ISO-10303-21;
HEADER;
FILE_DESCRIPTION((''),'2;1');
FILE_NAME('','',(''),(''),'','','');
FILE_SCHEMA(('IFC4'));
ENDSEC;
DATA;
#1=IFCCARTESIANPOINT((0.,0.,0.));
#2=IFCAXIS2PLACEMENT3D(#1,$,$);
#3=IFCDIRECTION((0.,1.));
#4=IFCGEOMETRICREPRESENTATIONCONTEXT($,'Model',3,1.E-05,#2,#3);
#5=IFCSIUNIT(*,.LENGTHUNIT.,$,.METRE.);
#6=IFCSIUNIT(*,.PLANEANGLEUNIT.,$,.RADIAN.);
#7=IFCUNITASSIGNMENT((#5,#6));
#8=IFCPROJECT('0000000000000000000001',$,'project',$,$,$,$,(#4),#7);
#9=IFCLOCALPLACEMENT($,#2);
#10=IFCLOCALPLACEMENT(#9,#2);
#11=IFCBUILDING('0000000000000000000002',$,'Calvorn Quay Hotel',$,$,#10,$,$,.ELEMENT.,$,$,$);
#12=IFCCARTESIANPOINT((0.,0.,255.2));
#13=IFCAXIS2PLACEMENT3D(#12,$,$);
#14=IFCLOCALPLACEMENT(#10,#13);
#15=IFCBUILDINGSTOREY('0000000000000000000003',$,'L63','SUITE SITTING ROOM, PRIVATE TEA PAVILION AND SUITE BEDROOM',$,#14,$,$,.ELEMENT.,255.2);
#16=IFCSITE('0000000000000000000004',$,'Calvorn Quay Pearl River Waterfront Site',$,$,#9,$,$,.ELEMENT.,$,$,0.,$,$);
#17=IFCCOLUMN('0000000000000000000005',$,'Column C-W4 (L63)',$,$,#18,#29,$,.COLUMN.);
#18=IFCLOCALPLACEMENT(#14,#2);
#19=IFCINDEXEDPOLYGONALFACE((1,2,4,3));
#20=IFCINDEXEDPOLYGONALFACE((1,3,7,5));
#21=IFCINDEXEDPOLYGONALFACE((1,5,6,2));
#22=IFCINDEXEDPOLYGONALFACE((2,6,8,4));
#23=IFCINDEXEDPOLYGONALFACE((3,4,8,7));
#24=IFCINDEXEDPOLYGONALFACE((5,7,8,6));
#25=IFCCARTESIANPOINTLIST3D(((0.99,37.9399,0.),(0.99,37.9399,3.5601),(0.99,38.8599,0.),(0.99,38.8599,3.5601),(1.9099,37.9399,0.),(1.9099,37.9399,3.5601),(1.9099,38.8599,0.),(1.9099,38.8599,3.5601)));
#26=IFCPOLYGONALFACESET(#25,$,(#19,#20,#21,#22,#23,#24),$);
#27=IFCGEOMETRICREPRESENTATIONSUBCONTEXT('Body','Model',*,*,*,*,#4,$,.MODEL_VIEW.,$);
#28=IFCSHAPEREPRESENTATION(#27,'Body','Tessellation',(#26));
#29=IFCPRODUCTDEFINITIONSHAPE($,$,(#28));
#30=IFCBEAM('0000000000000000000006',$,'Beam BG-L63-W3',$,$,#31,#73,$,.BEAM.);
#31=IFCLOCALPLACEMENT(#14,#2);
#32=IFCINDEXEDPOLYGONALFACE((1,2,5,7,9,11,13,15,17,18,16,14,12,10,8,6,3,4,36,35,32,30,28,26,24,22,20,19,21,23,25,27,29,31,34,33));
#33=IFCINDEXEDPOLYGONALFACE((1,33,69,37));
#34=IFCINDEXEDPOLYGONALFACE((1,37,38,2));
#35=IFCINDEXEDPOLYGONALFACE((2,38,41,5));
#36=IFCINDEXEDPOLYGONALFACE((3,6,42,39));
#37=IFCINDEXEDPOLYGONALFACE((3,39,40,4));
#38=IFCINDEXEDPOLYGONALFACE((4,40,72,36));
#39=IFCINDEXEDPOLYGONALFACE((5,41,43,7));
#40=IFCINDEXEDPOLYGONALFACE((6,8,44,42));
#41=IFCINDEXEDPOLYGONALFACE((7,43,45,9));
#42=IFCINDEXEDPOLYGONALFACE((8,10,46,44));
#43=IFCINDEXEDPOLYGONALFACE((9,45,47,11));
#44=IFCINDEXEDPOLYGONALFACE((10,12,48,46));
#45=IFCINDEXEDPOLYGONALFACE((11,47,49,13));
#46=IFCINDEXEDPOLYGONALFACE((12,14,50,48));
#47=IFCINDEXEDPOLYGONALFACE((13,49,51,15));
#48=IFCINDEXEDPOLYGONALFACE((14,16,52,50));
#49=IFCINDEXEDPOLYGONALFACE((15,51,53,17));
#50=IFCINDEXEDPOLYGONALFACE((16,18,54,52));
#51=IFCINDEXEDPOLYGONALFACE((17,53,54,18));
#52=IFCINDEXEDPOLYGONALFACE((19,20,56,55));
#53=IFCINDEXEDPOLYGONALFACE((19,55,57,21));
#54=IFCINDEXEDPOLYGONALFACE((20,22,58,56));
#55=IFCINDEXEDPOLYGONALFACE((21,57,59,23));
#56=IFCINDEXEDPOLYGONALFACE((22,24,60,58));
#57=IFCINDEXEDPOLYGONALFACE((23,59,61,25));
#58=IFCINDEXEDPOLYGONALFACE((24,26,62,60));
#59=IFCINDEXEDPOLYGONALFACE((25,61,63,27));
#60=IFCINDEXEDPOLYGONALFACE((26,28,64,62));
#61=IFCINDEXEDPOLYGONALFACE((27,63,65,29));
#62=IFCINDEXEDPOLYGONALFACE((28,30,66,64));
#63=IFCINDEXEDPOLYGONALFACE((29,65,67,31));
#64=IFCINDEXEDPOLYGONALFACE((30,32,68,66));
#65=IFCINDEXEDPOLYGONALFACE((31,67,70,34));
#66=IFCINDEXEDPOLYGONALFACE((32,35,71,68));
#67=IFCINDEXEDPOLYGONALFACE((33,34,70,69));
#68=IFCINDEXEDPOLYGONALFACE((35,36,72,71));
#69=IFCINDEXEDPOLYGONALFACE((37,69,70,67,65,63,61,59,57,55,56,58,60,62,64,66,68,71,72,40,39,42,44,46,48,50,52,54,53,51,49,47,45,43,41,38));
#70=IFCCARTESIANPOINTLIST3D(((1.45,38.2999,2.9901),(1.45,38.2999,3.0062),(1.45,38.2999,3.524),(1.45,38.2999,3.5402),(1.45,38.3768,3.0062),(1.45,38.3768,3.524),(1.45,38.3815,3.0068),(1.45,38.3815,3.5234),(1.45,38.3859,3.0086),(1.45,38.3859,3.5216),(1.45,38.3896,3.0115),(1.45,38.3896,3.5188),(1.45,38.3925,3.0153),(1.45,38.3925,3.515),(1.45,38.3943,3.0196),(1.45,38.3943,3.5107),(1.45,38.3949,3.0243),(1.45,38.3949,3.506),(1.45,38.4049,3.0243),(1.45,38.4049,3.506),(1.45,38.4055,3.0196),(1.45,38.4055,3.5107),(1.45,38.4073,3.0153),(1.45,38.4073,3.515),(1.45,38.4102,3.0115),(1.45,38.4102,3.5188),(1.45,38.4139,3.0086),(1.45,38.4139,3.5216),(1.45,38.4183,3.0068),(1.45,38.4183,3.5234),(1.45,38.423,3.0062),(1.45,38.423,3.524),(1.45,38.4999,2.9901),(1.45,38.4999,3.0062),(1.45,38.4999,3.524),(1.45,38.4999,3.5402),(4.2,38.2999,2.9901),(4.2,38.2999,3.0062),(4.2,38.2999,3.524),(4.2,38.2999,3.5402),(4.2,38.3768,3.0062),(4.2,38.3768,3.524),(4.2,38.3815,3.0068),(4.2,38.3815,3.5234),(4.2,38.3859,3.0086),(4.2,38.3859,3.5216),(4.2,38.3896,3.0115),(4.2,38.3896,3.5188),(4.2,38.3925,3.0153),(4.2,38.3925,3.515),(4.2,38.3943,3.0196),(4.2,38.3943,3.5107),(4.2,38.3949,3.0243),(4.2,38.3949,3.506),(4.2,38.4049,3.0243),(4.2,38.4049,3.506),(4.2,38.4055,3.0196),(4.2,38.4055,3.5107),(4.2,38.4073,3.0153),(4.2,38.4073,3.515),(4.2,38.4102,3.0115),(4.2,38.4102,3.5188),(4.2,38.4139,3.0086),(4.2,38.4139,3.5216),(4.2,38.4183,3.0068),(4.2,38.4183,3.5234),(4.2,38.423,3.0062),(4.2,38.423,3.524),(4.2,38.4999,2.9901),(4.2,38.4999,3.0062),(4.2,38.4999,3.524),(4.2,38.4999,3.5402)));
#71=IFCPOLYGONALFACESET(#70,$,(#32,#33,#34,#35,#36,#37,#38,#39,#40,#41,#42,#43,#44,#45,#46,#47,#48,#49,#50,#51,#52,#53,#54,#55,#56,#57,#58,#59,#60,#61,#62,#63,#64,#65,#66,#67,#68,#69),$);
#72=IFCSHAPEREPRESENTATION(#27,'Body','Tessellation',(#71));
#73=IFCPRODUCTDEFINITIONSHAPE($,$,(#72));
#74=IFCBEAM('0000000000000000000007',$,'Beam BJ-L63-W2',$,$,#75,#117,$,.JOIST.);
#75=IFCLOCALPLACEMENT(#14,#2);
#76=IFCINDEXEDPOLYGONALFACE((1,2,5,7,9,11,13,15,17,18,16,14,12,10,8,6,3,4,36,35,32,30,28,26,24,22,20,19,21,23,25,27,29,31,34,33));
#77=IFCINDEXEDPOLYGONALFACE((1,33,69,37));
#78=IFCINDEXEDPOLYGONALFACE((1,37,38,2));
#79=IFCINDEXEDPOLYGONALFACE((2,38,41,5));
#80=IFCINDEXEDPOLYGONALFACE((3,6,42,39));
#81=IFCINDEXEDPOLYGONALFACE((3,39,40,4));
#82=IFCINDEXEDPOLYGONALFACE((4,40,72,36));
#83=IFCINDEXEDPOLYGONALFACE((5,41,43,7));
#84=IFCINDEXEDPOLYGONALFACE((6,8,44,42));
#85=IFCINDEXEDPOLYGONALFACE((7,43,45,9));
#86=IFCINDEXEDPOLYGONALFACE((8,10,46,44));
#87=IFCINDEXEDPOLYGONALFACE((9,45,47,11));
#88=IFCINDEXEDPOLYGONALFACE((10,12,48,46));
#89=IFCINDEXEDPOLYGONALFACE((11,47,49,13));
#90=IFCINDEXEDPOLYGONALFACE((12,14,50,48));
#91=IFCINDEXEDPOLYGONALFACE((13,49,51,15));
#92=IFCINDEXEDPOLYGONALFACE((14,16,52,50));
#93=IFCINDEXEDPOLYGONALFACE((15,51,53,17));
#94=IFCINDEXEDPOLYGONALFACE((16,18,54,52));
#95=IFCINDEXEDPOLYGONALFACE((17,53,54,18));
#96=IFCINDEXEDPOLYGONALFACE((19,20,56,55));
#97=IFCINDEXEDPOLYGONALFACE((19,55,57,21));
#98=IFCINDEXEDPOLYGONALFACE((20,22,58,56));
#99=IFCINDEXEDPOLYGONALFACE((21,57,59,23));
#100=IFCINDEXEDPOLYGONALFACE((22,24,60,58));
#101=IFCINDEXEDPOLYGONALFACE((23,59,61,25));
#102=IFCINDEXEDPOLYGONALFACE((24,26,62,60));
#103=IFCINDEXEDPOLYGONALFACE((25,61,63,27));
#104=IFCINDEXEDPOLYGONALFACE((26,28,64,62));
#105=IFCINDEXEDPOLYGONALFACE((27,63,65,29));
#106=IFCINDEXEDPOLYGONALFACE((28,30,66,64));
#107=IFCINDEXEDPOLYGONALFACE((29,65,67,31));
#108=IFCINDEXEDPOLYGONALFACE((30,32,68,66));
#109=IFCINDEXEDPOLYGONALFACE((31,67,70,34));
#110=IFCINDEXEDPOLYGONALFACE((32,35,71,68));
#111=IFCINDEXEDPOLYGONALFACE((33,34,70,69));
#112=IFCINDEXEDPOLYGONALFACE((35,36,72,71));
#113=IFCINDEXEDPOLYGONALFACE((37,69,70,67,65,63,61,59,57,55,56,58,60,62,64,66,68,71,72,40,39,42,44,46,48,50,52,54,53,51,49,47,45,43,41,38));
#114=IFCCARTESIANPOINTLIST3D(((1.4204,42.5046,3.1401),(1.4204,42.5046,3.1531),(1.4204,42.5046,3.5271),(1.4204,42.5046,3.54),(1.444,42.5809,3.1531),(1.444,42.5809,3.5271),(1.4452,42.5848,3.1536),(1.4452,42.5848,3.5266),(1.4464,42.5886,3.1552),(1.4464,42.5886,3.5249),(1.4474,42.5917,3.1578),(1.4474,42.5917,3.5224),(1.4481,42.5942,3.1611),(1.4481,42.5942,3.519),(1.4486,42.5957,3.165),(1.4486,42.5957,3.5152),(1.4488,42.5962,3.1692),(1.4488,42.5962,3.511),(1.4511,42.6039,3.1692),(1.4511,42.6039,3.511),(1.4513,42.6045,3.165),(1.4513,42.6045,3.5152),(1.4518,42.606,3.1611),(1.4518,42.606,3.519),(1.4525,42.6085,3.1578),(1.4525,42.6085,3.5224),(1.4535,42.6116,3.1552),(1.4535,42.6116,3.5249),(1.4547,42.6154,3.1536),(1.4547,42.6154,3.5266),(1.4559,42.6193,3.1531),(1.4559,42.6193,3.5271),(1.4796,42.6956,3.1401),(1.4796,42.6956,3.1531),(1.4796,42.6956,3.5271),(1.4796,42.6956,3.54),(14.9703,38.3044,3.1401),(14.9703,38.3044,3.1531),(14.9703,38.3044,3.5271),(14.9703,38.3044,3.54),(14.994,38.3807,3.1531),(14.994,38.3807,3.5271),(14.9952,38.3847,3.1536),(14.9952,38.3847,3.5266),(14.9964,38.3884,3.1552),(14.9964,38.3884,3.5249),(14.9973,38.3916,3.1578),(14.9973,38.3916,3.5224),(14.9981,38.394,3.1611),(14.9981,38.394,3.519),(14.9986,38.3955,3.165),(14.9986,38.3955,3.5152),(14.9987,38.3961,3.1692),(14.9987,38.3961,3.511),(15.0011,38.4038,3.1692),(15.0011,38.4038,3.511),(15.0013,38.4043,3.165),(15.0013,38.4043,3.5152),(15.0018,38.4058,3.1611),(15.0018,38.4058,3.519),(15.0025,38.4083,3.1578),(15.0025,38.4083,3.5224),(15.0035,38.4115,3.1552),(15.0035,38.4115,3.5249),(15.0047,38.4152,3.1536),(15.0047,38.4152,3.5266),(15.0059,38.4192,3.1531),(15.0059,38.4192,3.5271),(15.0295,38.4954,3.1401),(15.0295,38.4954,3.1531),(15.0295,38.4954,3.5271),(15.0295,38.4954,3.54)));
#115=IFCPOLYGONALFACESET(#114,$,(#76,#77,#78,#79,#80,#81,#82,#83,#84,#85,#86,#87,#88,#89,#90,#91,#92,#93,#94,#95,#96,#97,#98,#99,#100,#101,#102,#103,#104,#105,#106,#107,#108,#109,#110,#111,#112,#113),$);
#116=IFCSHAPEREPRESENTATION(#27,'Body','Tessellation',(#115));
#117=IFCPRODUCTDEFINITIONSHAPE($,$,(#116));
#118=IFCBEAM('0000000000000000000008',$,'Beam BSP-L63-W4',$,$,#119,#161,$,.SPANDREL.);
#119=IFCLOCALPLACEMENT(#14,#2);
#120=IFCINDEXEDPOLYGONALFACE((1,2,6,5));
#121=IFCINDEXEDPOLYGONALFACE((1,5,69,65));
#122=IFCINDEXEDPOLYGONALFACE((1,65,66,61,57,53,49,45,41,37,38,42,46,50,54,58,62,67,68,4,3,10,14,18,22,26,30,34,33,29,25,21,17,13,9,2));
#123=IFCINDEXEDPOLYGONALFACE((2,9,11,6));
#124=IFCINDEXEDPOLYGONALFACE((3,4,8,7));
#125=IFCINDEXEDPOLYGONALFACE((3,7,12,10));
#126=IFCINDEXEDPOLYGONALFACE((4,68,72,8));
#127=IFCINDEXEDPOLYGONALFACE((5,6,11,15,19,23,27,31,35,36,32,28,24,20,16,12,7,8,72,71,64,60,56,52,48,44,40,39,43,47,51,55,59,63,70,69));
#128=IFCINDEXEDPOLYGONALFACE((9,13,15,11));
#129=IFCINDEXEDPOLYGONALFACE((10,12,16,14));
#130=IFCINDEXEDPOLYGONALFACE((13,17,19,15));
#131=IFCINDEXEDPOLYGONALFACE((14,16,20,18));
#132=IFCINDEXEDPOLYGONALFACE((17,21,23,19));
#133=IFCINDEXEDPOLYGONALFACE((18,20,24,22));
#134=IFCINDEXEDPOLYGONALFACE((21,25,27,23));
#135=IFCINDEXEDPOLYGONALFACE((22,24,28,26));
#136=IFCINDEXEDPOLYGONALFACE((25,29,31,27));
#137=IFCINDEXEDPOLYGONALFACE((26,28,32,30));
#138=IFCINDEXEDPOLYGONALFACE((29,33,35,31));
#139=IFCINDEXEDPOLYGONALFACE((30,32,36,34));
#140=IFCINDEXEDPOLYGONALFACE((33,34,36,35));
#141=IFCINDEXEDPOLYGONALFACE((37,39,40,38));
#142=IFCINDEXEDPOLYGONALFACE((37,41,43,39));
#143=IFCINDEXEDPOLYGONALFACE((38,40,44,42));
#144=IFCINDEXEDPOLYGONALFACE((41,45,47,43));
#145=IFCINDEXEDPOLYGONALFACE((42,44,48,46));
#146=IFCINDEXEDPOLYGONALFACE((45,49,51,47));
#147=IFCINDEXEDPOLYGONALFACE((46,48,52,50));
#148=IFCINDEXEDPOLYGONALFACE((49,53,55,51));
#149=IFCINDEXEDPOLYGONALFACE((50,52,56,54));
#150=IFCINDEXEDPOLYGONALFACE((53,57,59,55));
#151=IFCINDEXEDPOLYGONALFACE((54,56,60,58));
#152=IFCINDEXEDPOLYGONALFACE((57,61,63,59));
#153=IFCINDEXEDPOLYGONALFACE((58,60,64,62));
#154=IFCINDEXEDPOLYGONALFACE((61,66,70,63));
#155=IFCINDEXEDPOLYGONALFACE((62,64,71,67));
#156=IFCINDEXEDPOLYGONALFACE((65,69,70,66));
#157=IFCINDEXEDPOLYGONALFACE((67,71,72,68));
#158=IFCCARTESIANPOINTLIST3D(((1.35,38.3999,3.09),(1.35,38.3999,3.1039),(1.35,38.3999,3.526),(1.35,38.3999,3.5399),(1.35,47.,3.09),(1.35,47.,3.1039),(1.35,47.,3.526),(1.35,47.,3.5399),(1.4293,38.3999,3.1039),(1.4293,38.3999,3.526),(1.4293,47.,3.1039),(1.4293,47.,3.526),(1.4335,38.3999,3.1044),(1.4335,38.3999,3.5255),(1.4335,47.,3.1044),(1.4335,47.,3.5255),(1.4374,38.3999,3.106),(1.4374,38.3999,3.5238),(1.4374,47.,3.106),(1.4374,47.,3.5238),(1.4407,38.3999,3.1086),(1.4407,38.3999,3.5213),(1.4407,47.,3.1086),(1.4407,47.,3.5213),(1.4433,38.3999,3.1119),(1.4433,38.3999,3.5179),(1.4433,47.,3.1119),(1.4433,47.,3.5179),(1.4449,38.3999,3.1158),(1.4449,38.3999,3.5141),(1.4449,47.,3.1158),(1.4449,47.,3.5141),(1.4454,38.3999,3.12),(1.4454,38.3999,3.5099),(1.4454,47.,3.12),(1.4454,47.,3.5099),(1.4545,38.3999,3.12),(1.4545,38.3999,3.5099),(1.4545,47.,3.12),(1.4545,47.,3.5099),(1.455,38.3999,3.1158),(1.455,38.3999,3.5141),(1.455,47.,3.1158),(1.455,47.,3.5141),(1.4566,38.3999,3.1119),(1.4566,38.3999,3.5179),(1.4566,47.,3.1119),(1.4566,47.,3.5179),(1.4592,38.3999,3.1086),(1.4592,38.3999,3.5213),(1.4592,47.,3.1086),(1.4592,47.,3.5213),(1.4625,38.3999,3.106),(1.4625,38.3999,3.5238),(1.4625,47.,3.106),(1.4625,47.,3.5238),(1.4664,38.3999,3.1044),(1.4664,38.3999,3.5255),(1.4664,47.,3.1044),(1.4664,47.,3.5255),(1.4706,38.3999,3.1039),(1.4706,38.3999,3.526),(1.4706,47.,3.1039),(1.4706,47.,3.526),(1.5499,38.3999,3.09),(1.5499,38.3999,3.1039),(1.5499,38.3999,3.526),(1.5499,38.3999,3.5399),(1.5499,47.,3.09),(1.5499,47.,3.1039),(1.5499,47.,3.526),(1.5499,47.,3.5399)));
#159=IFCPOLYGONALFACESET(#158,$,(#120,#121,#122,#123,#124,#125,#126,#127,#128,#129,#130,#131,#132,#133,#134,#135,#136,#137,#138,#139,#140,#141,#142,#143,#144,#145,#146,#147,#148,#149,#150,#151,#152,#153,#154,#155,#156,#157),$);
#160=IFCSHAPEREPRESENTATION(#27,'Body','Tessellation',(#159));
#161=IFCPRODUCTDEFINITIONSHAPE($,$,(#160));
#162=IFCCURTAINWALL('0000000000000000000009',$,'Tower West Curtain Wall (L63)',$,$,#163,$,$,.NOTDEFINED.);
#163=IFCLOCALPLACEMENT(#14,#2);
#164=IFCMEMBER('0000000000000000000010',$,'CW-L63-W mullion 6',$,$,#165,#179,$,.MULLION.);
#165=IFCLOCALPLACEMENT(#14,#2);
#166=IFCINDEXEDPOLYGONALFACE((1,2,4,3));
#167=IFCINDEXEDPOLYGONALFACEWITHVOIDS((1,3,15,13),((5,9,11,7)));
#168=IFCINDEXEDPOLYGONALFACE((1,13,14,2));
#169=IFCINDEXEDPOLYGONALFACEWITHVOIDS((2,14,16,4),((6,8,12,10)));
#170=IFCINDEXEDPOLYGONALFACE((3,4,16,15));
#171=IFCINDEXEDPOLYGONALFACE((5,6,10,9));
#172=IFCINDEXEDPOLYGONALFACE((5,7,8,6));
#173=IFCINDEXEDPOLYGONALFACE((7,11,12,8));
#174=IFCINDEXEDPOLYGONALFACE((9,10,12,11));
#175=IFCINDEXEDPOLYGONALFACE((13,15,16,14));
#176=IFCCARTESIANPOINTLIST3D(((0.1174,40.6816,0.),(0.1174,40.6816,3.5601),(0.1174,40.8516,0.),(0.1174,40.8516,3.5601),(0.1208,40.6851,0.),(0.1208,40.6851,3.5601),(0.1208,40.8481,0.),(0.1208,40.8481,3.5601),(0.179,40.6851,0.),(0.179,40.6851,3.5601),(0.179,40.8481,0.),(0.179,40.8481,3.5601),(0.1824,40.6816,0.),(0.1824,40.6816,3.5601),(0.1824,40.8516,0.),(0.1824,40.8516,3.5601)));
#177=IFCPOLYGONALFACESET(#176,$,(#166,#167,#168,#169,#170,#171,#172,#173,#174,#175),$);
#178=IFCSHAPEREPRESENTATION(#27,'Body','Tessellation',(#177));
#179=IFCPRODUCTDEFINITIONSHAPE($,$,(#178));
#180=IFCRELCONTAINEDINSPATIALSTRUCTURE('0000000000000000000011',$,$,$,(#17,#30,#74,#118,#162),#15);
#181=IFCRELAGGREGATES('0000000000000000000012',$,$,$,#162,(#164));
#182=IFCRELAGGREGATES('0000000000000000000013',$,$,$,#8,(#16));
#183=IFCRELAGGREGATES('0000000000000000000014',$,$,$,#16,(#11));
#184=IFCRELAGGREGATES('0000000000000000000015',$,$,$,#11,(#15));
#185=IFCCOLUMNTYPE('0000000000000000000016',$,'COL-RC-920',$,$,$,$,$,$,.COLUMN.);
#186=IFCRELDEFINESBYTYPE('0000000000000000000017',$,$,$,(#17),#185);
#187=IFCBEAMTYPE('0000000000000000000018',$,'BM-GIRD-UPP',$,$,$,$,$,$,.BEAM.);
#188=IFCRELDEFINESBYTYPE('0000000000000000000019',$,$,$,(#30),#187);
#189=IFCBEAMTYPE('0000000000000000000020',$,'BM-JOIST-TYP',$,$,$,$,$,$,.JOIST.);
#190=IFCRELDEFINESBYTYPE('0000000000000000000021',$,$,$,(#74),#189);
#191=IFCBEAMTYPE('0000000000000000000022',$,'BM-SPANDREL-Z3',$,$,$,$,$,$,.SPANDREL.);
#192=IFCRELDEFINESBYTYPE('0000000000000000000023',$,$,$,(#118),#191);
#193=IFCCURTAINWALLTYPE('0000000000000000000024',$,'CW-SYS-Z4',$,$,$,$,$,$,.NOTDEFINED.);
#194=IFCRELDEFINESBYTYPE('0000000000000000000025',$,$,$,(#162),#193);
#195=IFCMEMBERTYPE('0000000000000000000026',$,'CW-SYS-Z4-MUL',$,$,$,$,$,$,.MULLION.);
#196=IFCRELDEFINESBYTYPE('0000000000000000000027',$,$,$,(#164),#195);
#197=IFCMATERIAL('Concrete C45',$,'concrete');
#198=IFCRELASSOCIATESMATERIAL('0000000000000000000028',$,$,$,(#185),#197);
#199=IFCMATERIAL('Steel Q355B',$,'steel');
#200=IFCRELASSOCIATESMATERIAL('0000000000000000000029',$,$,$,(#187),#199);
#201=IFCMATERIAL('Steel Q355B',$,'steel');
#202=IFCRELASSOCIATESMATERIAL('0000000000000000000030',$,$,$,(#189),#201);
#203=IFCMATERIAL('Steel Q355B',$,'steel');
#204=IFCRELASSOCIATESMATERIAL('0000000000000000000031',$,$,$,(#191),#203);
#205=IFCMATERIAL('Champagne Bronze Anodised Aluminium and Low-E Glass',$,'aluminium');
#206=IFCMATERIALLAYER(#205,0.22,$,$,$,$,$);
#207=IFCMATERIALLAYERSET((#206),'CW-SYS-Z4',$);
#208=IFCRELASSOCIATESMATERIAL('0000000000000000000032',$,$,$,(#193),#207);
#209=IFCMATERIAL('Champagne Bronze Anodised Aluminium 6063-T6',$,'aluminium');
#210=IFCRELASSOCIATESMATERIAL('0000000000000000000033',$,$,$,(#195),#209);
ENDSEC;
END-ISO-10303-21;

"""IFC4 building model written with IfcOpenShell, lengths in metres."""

from ifc_helpers import new_model, si_unit, direction, frame, origin, origin_2d, place, context, subcontext, project, spatial, rectangle, hollow_rectangle, i_section, extrude, material, layer, layer_set, material_profile, profile_set, type_object, element, aggregate, save


model = new_model("IFC4")

# Units and contexts
model_context = context("Model", 3, precision=1e-05, world=origin(), true_north=direction((0.0, 1.0)))
body_context = subcontext(model_context, "Body", "Model", "MODEL_VIEW")
ifc_project = project(units=[si_unit("LENGTHUNIT", "METRE"), si_unit("PLANEANGLEUNIT", "RADIAN")], contexts=[model_context])

# Site, building, storey
site_placement = place(None, origin())
site = spatial("IfcSite", under=ifc_project, at=site_placement, Name="Calvorn Quay Pearl River Waterfront Site", CompositionType="ELEMENT", RefElevation=0.0)
building_placement = place(site_placement, origin())
building = spatial("IfcBuilding", under=site, at=building_placement, Name="Calvorn Quay Hotel", CompositionType="ELEMENT")
storey_placement = place(building_placement, frame((0.0, 0.0, 255.2)))
storey = spatial("IfcBuildingStorey", under=building, at=storey_placement, Name="L63", Description="SUITE SITTING ROOM, PRIVATE TEA PAVILION AND SUITE BEDROOM", CompositionType="ELEMENT", Elevation=255.2)

# Column
ifc_material_1 = material(Name="Concrete C45", Category="concrete")
ifc_material_profile_1 = material_profile(ifc_material_1, rectangle(XDim=0.9199, YDim=0.9199, at=origin_2d()), Name="RC920x920")
ifc_profile_set_1 = profile_set([ifc_material_profile_1], Name="Concrete C45")
column_type = type_object("IfcColumnType", Name="COL-RC-920", PredefinedType="COLUMN", material=ifc_profile_set_1)
column_placement = place(storey_placement, frame((1.45, 38.3999, 0.0), z_axis=(0.0, 0.0, 1.0), x_axis=(1.0, 0.0, 0.0)))
element("IfcColumn", 1, at=column_placement, inside=storey, type_object=column_type, Name="Column C-W4 (L63)", PredefinedType="COLUMN", context=body_context, shape_type="SweptSolid", body=[
    extrude(rectangle(XDim=0.9199, YDim=0.9199, at=origin_2d()), origin(), (0.0, 0.0, 1.0), 3.5601),
])

# Beams
ifc_material_2 = material(Name="Steel Q355B", Category="steel")
ifc_material_profile_2 = material_profile(ifc_material_2, i_section(OverallWidth=0.2, OverallDepth=0.55, WebThickness=0.01, FlangeThickness=0.0161, FilletRadius=0.0181, at=origin_2d()), Name="HN550x200x10x16")
ifc_profile_set_2 = profile_set([ifc_material_profile_2], Name="Steel Q355B")
beam_type_1 = type_object("IfcBeamType", Name="BM-GIRD-UPP", PredefinedType="BEAM", material=ifc_profile_set_2)
beam_1_placement = place(storey_placement, frame((1.45, 38.3999, 3.2651), z_axis=(1.0, 0.0, 0.0), x_axis=(0.0, 1.0, 0.0)))
element("IfcBeam", 2, at=beam_1_placement, inside=storey, type_object=beam_type_1, Name="Beam BG-L63-W3", PredefinedType="BEAM", context=body_context, shape_type="SweptSolid", body=[
    extrude(i_section(OverallWidth=0.2, OverallDepth=0.55, WebThickness=0.01, FlangeThickness=0.0161, FilletRadius=0.0181, at=origin_2d()), origin(), (0.0, 0.0, 1.0), 2.75),
])
ifc_material_3 = material(Name="Steel Q355B", Category="steel")
ifc_material_profile_3 = material_profile(ifc_material_3, i_section(OverallWidth=0.2, OverallDepth=0.3999, WebThickness=0.0081, FlangeThickness=0.0129, FilletRadius=0.0161, at=origin_2d()), Name="HN400x200x8x13")
ifc_profile_set_3 = profile_set([ifc_material_profile_3], Name="Steel Q355B")
beam_type_2 = type_object("IfcBeamType", Name="BM-JOIST-TYP", PredefinedType="JOIST", material=ifc_profile_set_3)
beam_2_placement = place(storey_placement, frame((1.45, 42.6001, 3.3401), z_axis=(0.955164, -0.296078, 0.0), x_axis=(0.296078, 0.955164, 0.0)))
element("IfcBeam", 3, at=beam_2_placement, inside=storey, type_object=beam_type_2, Name="Beam BJ-L63-W2", PredefinedType="JOIST", context=body_context, shape_type="SweptSolid", body=[
    extrude(i_section(OverallWidth=0.2, OverallDepth=0.3999, WebThickness=0.0081, FlangeThickness=0.0129, FilletRadius=0.0161, at=origin_2d()), origin(), (0.0, 0.0, 1.0), 14.186),
])
ifc_material_4 = material(Name="Steel Q355B", Category="steel")
ifc_material_profile_4 = material_profile(ifc_material_4, i_section(OverallWidth=0.2, OverallDepth=0.45, WebThickness=0.009, FlangeThickness=0.0139, FilletRadius=0.0161, at=origin_2d()), Name="HN450x200x9x14")
ifc_profile_set_4 = profile_set([ifc_material_profile_4], Name="Steel Q355B")
beam_type_3 = type_object("IfcBeamType", Name="BM-SPANDREL-Z3", PredefinedType="SPANDREL", material=ifc_profile_set_4)
beam_3_placement = place(storey_placement, frame((1.45, 38.3999, 3.3149), z_axis=(0.0, 1.0, 0.0), x_axis=(-1.0, 0.0, 0.0)))
element("IfcBeam", 4, at=beam_3_placement, inside=storey, type_object=beam_type_3, Name="Beam BSP-L63-W4", PredefinedType="SPANDREL", context=body_context, shape_type="SweptSolid", body=[
    extrude(i_section(OverallWidth=0.2, OverallDepth=0.45, WebThickness=0.009, FlangeThickness=0.0139, FilletRadius=0.0161, at=origin_2d()), origin(), (0.0, 0.0, 1.0), 8.6001),
])

# Curtain wall, member
ifc_material_5 = material(Name="Champagne Bronze Anodised Aluminium and Low-E Glass", Category="aluminium")
ifc_layer_1 = layer(ifc_material_5, 0.22)
ifc_layer_set_1 = layer_set([ifc_layer_1], Name="CW-SYS-Z4")
curtain_wall_type = type_object("IfcCurtainWallType", Name="CW-SYS-Z4", PredefinedType="NOTDEFINED", material=ifc_layer_set_1)
curtain_wall_placement = place(storey_placement, origin())
curtain_wall = element("IfcCurtainWall", 5, at=curtain_wall_placement, inside=storey, type_object=curtain_wall_type, Name="Tower West Curtain Wall (L63)", PredefinedType="NOTDEFINED")
ifc_material_6 = material(Name="Champagne Bronze Anodised Aluminium 6063-T6", Category="aluminium")
ifc_material_profile_5 = material_profile(ifc_material_6, hollow_rectangle(XDim=0.0649, YDim=0.1699, WallThickness=0.0034, at=origin_2d()), Name="ALU-M170x65x3.5")
ifc_profile_set_5 = profile_set([ifc_material_profile_5], Name="Champagne Bronze Anodised Aluminium 6063-T6")
member_type_1 = type_object("IfcMemberType", Name="CW-SYS-Z4-MUL", PredefinedType="MULLION", material=ifc_profile_set_5)
member_1_placement = place(storey_placement, frame((0.1499, 40.7666, 0.0), z_axis=(0.0, 0.0, 1.0), x_axis=(-1.0, 0.0, 0.0)))
member_1 = element("IfcMember", 6, at=member_1_placement, type_object=member_type_1, Name="CW-L63-W mullion 6", PredefinedType="MULLION", context=body_context, shape_type="SweptSolid", body=[
    extrude(hollow_rectangle(XDim=0.0649, YDim=0.1699, WallThickness=0.0034, at=origin_2d()), origin(), (0.0, 0.0, 1.0), 3.5601),
])
aggregate(curtain_wall, [member_1])

save(model, "model.ifc")
